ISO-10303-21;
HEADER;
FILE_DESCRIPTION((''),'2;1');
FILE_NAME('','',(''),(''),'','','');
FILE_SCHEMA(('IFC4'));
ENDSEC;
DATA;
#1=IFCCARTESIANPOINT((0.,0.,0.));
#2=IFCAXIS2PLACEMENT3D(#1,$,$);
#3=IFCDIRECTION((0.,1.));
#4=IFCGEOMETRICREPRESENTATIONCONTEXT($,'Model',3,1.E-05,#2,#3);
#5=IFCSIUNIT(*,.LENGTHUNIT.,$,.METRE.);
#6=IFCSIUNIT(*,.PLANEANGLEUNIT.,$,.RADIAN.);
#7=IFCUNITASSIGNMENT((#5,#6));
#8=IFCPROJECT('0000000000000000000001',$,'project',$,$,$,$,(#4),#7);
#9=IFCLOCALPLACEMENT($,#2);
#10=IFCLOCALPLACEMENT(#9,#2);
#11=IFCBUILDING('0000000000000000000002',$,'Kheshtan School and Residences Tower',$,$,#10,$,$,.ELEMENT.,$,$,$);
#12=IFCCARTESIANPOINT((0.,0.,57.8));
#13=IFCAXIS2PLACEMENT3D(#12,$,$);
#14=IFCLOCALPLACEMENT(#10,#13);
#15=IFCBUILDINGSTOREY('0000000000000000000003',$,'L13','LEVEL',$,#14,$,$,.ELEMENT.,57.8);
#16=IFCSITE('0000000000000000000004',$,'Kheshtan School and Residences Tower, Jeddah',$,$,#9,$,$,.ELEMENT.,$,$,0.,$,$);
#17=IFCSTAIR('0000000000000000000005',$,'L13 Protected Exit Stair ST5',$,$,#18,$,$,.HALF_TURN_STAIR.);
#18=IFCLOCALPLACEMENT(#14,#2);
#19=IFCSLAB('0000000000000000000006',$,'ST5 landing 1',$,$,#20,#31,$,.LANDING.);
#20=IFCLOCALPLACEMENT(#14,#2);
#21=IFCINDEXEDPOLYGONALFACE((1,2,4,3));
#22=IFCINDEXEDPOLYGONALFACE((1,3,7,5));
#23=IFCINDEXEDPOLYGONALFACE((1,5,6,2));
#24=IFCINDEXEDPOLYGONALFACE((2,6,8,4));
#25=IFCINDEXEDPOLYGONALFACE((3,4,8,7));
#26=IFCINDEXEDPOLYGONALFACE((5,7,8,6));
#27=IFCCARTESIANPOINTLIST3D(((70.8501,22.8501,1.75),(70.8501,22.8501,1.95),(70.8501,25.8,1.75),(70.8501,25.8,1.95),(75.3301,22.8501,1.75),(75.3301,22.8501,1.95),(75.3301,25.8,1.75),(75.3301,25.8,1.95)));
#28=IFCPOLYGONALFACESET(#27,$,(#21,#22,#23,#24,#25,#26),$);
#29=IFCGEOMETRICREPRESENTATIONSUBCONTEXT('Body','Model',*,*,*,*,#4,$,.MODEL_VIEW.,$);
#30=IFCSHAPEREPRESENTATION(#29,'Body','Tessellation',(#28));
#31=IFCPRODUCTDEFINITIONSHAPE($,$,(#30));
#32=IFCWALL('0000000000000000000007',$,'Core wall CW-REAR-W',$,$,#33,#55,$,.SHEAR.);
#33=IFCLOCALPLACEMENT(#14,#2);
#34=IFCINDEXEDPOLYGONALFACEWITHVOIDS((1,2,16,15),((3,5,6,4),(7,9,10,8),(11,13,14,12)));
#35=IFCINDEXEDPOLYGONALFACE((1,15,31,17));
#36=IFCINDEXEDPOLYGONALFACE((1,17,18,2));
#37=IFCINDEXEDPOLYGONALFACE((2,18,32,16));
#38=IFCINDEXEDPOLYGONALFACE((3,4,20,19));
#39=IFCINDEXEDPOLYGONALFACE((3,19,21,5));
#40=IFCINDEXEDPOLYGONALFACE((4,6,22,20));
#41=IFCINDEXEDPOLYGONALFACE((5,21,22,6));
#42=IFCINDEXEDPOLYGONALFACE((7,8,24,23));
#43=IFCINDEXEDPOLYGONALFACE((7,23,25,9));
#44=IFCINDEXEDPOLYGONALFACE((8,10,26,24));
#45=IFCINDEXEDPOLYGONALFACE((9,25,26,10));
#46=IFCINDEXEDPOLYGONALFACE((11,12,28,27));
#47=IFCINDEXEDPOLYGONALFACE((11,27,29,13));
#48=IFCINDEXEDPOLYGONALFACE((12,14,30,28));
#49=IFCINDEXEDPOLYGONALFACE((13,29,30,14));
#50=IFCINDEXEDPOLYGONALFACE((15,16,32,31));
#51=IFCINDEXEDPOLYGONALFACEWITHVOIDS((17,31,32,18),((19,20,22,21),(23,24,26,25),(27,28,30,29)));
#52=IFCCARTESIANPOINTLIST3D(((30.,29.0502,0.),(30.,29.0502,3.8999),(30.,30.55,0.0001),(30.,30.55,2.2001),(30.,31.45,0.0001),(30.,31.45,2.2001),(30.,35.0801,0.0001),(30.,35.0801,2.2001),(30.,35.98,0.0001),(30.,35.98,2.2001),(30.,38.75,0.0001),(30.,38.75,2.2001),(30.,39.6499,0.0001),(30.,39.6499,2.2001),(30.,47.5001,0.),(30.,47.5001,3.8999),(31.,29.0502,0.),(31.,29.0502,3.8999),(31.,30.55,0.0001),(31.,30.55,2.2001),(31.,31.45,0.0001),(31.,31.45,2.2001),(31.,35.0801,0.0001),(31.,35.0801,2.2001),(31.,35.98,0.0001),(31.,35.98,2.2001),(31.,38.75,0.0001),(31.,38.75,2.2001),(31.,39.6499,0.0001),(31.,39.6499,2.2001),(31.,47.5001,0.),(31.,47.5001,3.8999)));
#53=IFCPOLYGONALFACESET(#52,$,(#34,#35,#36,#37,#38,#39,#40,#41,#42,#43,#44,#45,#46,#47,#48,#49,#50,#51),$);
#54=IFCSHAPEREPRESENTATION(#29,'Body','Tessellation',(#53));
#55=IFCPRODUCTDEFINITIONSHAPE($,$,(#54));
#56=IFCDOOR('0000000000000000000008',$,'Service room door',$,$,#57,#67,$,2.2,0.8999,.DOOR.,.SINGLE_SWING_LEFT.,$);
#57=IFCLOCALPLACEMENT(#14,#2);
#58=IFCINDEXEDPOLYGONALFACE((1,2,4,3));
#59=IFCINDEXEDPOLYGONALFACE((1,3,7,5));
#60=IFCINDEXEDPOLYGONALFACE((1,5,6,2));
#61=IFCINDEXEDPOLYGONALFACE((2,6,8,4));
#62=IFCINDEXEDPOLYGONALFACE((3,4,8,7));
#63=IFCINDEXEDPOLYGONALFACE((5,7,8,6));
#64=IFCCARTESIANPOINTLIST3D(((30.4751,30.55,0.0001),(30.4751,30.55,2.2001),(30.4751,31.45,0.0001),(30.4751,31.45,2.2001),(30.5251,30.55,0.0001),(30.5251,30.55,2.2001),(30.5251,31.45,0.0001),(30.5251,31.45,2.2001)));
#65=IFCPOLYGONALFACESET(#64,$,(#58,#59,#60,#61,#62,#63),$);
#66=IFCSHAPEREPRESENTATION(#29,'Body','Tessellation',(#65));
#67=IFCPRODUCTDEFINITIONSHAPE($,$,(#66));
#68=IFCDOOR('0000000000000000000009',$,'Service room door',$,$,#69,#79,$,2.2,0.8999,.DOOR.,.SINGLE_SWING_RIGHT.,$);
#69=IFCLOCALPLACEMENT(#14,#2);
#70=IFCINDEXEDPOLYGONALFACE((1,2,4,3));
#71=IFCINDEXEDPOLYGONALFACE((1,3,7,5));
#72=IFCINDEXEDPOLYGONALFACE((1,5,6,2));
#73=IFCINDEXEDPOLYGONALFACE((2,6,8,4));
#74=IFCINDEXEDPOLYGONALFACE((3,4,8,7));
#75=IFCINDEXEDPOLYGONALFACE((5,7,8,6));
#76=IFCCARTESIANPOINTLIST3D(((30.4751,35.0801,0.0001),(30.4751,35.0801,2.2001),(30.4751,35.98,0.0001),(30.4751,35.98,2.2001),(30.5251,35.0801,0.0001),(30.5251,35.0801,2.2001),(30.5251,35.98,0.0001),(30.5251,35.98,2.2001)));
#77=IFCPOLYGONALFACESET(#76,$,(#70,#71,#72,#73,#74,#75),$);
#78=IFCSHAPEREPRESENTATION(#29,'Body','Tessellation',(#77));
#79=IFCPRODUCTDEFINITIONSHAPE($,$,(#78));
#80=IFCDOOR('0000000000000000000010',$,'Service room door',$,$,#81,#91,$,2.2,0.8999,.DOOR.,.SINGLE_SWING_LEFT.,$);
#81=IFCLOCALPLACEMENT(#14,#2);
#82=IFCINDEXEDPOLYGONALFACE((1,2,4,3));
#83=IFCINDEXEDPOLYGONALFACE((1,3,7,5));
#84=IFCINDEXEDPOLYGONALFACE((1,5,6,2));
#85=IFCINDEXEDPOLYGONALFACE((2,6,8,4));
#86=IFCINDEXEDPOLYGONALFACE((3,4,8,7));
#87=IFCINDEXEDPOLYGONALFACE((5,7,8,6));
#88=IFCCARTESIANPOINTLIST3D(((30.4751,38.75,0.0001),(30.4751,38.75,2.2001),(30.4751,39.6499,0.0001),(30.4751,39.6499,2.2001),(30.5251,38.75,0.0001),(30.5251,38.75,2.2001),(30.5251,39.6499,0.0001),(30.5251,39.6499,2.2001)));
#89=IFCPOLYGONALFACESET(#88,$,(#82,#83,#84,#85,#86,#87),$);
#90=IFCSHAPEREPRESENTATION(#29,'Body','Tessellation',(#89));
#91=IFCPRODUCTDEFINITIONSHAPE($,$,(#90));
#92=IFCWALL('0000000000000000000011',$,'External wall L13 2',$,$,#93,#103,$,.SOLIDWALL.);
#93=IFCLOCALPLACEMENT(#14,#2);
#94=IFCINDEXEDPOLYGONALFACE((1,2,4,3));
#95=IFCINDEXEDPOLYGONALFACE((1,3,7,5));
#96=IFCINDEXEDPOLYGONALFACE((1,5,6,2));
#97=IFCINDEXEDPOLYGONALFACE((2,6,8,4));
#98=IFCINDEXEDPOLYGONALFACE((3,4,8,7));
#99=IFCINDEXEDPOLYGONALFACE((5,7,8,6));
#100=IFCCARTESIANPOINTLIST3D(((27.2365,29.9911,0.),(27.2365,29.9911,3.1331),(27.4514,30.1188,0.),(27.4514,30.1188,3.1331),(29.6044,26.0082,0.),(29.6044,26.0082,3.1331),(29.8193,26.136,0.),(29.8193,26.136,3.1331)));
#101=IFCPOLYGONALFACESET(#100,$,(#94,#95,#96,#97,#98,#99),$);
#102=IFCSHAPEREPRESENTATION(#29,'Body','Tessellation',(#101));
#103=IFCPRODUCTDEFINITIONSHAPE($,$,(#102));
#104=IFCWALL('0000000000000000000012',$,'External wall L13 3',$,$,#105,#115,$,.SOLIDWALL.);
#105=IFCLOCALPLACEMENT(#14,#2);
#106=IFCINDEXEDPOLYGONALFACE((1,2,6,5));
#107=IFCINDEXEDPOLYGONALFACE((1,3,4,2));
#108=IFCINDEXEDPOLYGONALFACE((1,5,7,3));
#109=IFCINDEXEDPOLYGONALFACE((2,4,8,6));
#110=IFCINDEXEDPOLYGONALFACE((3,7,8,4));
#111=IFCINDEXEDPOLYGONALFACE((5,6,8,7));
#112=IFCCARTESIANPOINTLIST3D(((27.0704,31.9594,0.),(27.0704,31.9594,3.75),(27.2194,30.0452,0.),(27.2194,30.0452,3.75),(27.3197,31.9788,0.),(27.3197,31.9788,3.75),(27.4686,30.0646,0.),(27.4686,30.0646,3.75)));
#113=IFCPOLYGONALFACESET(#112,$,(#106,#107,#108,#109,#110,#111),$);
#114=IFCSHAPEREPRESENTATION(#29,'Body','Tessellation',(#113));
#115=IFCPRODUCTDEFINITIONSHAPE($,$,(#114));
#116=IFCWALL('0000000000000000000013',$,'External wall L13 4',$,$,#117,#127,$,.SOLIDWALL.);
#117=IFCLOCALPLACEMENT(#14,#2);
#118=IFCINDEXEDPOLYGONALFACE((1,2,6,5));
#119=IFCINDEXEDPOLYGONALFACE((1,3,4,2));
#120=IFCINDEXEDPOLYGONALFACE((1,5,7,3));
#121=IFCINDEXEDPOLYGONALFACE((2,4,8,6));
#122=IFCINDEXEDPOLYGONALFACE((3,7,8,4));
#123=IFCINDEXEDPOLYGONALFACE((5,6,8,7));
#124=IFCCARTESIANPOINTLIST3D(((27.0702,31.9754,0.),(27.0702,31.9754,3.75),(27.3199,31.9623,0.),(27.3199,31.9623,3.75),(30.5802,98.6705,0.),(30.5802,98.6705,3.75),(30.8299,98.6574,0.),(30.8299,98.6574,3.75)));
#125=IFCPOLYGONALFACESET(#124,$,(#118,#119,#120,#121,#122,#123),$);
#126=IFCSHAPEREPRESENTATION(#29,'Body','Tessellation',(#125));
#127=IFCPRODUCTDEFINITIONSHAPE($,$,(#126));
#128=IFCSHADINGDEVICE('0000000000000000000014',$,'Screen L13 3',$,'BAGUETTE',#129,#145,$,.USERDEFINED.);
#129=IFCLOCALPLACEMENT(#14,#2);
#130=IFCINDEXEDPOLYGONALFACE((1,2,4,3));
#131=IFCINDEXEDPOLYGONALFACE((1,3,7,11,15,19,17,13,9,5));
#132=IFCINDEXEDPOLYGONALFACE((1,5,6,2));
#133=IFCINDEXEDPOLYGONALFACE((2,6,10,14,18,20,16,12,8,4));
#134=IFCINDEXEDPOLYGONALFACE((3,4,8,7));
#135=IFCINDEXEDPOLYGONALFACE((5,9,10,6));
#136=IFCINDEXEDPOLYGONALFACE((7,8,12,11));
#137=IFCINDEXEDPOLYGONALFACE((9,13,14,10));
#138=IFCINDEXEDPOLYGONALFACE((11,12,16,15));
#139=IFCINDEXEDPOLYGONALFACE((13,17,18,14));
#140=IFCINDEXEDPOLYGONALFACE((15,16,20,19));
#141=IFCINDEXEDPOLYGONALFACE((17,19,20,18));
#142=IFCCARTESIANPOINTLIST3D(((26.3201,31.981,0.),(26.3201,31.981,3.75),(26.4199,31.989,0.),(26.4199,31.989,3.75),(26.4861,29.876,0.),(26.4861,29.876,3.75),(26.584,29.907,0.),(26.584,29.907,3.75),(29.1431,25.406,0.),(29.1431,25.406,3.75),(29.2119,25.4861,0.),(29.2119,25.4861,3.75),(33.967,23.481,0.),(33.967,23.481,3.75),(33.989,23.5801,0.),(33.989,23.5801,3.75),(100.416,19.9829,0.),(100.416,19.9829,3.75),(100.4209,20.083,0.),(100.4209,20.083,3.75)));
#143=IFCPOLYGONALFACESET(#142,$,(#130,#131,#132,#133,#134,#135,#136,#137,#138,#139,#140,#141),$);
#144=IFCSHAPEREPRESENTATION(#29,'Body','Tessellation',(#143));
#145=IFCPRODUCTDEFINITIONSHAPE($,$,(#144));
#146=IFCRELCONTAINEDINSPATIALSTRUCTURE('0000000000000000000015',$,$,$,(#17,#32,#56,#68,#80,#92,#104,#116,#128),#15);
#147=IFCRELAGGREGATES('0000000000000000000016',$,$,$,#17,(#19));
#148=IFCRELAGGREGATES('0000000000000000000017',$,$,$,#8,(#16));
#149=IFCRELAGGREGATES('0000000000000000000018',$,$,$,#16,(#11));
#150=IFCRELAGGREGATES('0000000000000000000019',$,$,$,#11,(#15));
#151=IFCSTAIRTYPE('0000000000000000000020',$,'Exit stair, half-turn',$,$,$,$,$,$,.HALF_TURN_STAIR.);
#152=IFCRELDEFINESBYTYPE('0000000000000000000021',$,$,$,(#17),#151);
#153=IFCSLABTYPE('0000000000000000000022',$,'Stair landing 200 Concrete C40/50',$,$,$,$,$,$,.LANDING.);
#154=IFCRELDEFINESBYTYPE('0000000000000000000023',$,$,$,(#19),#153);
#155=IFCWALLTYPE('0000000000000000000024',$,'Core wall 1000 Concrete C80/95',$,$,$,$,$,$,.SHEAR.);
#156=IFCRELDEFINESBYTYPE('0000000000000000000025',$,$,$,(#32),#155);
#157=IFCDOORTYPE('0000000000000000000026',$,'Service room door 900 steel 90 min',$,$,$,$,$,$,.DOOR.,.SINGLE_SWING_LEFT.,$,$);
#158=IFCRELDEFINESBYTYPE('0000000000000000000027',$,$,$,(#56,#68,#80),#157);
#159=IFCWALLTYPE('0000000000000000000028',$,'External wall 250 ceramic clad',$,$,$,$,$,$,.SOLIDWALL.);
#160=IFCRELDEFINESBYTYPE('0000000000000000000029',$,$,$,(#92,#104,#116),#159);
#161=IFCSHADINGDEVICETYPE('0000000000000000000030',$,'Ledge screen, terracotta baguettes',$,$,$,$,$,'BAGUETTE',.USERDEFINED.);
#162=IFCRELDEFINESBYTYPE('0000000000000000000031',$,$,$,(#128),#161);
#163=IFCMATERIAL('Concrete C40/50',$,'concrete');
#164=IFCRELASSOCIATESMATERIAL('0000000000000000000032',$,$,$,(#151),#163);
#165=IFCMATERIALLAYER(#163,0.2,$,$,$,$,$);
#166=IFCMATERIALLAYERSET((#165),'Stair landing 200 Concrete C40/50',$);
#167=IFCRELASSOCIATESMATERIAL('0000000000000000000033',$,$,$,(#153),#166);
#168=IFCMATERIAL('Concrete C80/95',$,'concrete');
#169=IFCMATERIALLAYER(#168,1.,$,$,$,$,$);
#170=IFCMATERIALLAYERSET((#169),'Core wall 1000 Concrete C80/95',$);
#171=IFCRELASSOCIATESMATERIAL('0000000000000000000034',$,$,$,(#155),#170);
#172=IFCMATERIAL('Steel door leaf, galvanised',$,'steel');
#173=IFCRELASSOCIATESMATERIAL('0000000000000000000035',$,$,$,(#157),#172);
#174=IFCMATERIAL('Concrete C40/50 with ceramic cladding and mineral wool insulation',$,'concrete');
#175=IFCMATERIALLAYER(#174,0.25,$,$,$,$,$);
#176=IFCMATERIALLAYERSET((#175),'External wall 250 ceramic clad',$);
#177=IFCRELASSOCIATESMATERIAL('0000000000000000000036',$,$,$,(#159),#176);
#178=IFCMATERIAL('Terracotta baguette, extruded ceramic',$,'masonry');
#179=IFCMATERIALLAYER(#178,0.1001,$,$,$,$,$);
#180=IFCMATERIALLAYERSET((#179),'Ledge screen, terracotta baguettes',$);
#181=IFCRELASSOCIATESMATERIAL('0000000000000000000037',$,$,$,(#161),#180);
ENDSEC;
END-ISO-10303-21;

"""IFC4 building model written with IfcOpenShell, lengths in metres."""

from ifc_helpers import new_model, si_unit, direction, frame, frame_2d, origin, place, context, subcontext, project, spatial, polyline, rectangle, outline, extrude, source, transform, mapped, material, layer, layer_set, type_object, element, fill, aggregate, save


model = new_model("IFC4")

# Units and contexts
model_context = context("Model", 3, precision=1e-05, world=origin(), true_north=direction((0.0, 1.0)))
body_context = subcontext(model_context, "Body", "Model", "MODEL_VIEW")
ifc_project = project(units=[si_unit("LENGTHUNIT", "METRE"), si_unit("PLANEANGLEUNIT", "RADIAN")], contexts=[model_context])

# Site, building, storey
site_placement = place(None, origin())
site = spatial("IfcSite", under=ifc_project, at=site_placement, Name="Kheshtan School and Residences Tower, Jeddah", CompositionType="ELEMENT", RefElevation=0.0)
building_placement = place(site_placement, origin())
building = spatial("IfcBuilding", under=site, at=building_placement, Name="Kheshtan School and Residences Tower", CompositionType="ELEMENT")
storey_placement = place(building_placement, frame((0.0, 0.0, 57.8)))
storey = spatial("IfcBuildingStorey", under=building, at=storey_placement, Name="L13", Description="LEVEL", CompositionType="ELEMENT", Elevation=57.8)

# Shared definitions
ifc_material_1 = material(Name="Concrete C40/50", Category="concrete")

# Stair, slab
stair_type = type_object("IfcStairType", Name="Exit stair, half-turn", PredefinedType="HALF_TURN_STAIR", material=ifc_material_1)
ifc_layer_1 = layer(ifc_material_1, 0.2)
ifc_layer_set_1 = layer_set([ifc_layer_1], Name="Stair landing 200 Concrete C40/50")
slab_type_1 = type_object("IfcSlabType", Name="Stair landing 200 Concrete C40/50", PredefinedType="LANDING", material=ifc_layer_set_1)
stair_1_placement = place(storey_placement, origin())
stair_1 = element("IfcStair", 1, at=stair_1_placement, inside=storey, type_object=stair_type, Name="L13 Protected Exit Stair ST5", PredefinedType="HALF_TURN_STAIR")
slab_1_placement = place(storey_placement, frame((0.0, 0.0, 1.75)))
slab_1 = element("IfcSlab", 2, at=slab_1_placement, type_object=slab_type_1, Name="ST5 landing 1", PredefinedType="LANDING", context=body_context, shape_type="SweptSolid", body=[
    extrude(outline(polyline([(75.3301, 25.8), (70.8501, 25.8), (70.8501, 22.8501), (75.3301, 22.8501), (75.3301, 25.8)])), origin(), (0.0, 0.0, 1.0), 0.2),
])
aggregate(stair_1, [slab_1])

# Wall, openings, doors
ifc_material_2 = material(Name="Concrete C80/95", Category="concrete")
ifc_layer_2 = layer(ifc_material_2, 1.0)
ifc_layer_set_2 = layer_set([ifc_layer_2], Name="Core wall 1000 Concrete C80/95")
wall_type_1 = type_object("IfcWallType", Name="Core wall 1000 Concrete C80/95", PredefinedType="SHEAR", material=ifc_layer_set_2)
wall_1_placement = place(storey_placement, frame((30.5, 29.05, 0.0), z_axis=(0.0, 0.0, 1.0), x_axis=(0.0, 1.0, 0.0)))
wall_1 = element("IfcWall", 3, at=wall_1_placement, inside=storey, type_object=wall_type_1, Name="Core wall CW-REAR-W", PredefinedType="SHEAR", context=body_context, shape_type="SweptSolid", body=[
    extrude(rectangle(XDim=18.45, YDim=1.0, at=frame_2d((9.2251, 0.0))), origin(), (0.0, 0.0, 1.0), 3.8999),
])
opening_1_placement = place(wall_1_placement, frame((1.5, 0.0, 0.0)))
opening_1 = element("IfcOpeningElement", 4, at=opening_1_placement, cuts=wall_1, PredefinedType="OPENING", context=body_context, shape_type="SweptSolid", body=[
    extrude(rectangle(XDim=0.8999, YDim=2.2, at=frame_2d((0.45, 1.1001))), frame((0.0, 0.51, 0.0), z_axis=(0.0, -1.0, 0.0), x_axis=(1.0, 0.0, 0.0)), (0.0, 0.0, 1.0), 1.02),
])
opening_2_placement = place(wall_1_placement, frame((6.03, 0.0, 0.0)))
opening_2 = element("IfcOpeningElement", 5, at=opening_2_placement, cuts=wall_1, PredefinedType="OPENING", context=body_context, shape_type="SweptSolid", body=[
    extrude(rectangle(XDim=0.8999, YDim=2.2, at=frame_2d((0.45, 1.1001))), frame((0.0, 0.51, 0.0), z_axis=(0.0, -1.0, 0.0), x_axis=(1.0, 0.0, 0.0)), (0.0, 0.0, 1.0), 1.02),
])
opening_3_placement = place(wall_1_placement, frame((9.7, 0.0, 0.0)))
opening_3 = element("IfcOpeningElement", 6, at=opening_3_placement, cuts=wall_1, PredefinedType="OPENING", context=body_context, shape_type="SweptSolid", body=[
    extrude(rectangle(XDim=0.8999, YDim=2.2, at=frame_2d((0.45, 1.1001))), frame((0.0, 0.51, 0.0), z_axis=(0.0, -1.0, 0.0), x_axis=(1.0, 0.0, 0.0)), (0.0, 0.0, 1.0), 1.02),
])
ifc_material_3 = material(Name="Steel door leaf, galvanised", Category="steel")
door_type = type_object("IfcDoorType", Name="Service room door 900 steel 90 min", OperationType="SINGLE_SWING_LEFT", PredefinedType="DOOR", material=ifc_material_3)
shared_shape = source(origin(), body_context, "Body", "SweptSolid", [
    extrude(rectangle(XDim=0.8999, YDim=2.2, at=frame_2d((0.45, 1.1001))), frame((0.0, 0.0249, 0.0), z_axis=(0.0, -1.0, 0.0), x_axis=(1.0, 0.0, 0.0)), (0.0, 0.0, 1.0), 0.05),
])
door_1_placement = place(opening_1_placement, origin())
door_1 = element("IfcDoor", 7, at=door_1_placement, inside=storey, type_object=door_type, Name="Service room door", OperationType="SINGLE_SWING_LEFT", OverallHeight=2.2, OverallWidth=0.8999, PredefinedType="DOOR", context=body_context, shape_type="MappedRepresentation", body=[
    mapped(shared_shape, transform((0.0, 0.0, 0.0), x_axis=(1.0, 0.0, 0.0), y_axis=(0.0, 1.0, 0.0), z_axis=(0.0, 0.0, 1.0), scale=1.0)),
])
fill(opening_1, door_1)
door_2_placement = place(opening_2_placement, origin())
door_2 = element("IfcDoor", 8, at=door_2_placement, inside=storey, type_object=door_type, Name="Service room door", OperationType="SINGLE_SWING_RIGHT", OverallHeight=2.2, OverallWidth=0.8999, PredefinedType="DOOR", context=body_context, shape_type="MappedRepresentation", body=[
    mapped(shared_shape, transform((0.0, 0.0, 0.0), x_axis=(1.0, 0.0, 0.0), y_axis=(0.0, 1.0, 0.0), z_axis=(0.0, 0.0, 1.0), scale=1.0)),
])
fill(opening_2, door_2)
door_3_placement = place(opening_3_placement, origin())
door_3 = element("IfcDoor", 9, at=door_3_placement, inside=storey, type_object=door_type, Name="Service room door", OperationType="SINGLE_SWING_LEFT", OverallHeight=2.2, OverallWidth=0.8999, PredefinedType="DOOR", context=body_context, shape_type="MappedRepresentation", body=[
    mapped(shared_shape, transform((0.0, 0.0, 0.0), x_axis=(1.0, 0.0, 0.0), y_axis=(0.0, 1.0, 0.0), z_axis=(0.0, 0.0, 1.0), scale=1.0)),
])
fill(opening_3, door_3)

# Walls
ifc_material_4 = material(Name="Concrete C40/50 with ceramic cladding and mineral wool insulation", Category="concrete")
ifc_layer_3 = layer(ifc_material_4, 0.25)
ifc_layer_set_3 = layer_set([ifc_layer_3], Name="External wall 250 ceramic clad")
wall_type_2 = type_object("IfcWallType", Name="External wall 250 ceramic clad", PredefinedType="SOLIDWALL", material=ifc_layer_set_3)
wall_2_placement = place(storey_placement, frame((29.7119, 26.072, 0.0), z_axis=(0.0, 0.0, 1.0), x_axis=(-0.511028, 0.859564, 0.0)))
element("IfcWall", 10, at=wall_2_placement, inside=storey, type_object=wall_type_2, Name="External wall L13 2", PredefinedType="SOLIDWALL", context=body_context, shape_type="SweptSolid", body=[
    extrude(rectangle(XDim=4.6335, YDim=0.25, at=frame_2d((2.3169, 0.0))), origin(), (0.0, 0.0, 1.0), 3.1331),
])
wall_3_placement = place(storey_placement, frame((27.344, 30.0549, 0.0), z_axis=(0.0, 0.0, 1.0), x_axis=(-0.077572, 0.996987, 0.0)))
element("IfcWall", 11, at=wall_3_placement, inside=storey, type_object=wall_type_2, Name="External wall L13 3", PredefinedType="SOLIDWALL", context=body_context, shape_type="SweptSolid", body=[
    extrude(rectangle(XDim=1.9199, YDim=0.25, at=frame_2d((0.96, 0.0))), origin(), (0.0, 0.0, 1.0), 3.75),
])
wall_4_placement = place(storey_placement, frame((27.1951, 31.969, 0.0), z_axis=(0.0, 0.0, 1.0), x_axis=(0.052555, 0.998618, 0.0)))
element("IfcWall", 12, at=wall_4_placement, inside=storey, type_object=wall_type_2, Name="External wall L13 4", PredefinedType="SOLIDWALL", context=body_context, shape_type="SweptSolid", body=[
    extrude(rectangle(XDim=66.7874, YDim=0.25, at=frame_2d((33.3936, 0.0))), origin(), (0.0, 0.0, 1.0), 3.75),
])

# Shading device
ifc_material_5 = material(Name="Terracotta baguette, extruded ceramic", Category="masonry")
ifc_layer_4 = layer(ifc_material_5, 0.1001)
ifc_layer_set_4 = layer_set([ifc_layer_4], Name="Ledge screen, terracotta baguettes")
shading_device_type_1 = type_object("IfcShadingDeviceType", Name="Ledge screen, terracotta baguettes", ElementType="BAGUETTE", PredefinedType="USERDEFINED", material=ifc_layer_set_4)
shading_device_1_placement = place(storey_placement, origin())
element("IfcShadingDevice", 13, at=shading_device_1_placement, inside=storey, type_object=shading_device_type_1, Name="Screen L13 3", ObjectType="BAGUETTE", PredefinedType="USERDEFINED", context=body_context, shape_type="SweptSolid", body=[
    extrude(outline(polyline([(100.4209, 20.083), (33.989, 23.5801), (29.2119, 25.4861), (26.584, 29.907), (26.4199, 31.989), (26.3201, 31.981), (26.4861, 29.876), (29.1431, 25.406), (33.967, 23.481), (100.416, 19.9829), (100.4209, 20.083)])), origin(), (0.0, 0.0, 1.0), 3.75),
])

save(model, "model.ifc")
